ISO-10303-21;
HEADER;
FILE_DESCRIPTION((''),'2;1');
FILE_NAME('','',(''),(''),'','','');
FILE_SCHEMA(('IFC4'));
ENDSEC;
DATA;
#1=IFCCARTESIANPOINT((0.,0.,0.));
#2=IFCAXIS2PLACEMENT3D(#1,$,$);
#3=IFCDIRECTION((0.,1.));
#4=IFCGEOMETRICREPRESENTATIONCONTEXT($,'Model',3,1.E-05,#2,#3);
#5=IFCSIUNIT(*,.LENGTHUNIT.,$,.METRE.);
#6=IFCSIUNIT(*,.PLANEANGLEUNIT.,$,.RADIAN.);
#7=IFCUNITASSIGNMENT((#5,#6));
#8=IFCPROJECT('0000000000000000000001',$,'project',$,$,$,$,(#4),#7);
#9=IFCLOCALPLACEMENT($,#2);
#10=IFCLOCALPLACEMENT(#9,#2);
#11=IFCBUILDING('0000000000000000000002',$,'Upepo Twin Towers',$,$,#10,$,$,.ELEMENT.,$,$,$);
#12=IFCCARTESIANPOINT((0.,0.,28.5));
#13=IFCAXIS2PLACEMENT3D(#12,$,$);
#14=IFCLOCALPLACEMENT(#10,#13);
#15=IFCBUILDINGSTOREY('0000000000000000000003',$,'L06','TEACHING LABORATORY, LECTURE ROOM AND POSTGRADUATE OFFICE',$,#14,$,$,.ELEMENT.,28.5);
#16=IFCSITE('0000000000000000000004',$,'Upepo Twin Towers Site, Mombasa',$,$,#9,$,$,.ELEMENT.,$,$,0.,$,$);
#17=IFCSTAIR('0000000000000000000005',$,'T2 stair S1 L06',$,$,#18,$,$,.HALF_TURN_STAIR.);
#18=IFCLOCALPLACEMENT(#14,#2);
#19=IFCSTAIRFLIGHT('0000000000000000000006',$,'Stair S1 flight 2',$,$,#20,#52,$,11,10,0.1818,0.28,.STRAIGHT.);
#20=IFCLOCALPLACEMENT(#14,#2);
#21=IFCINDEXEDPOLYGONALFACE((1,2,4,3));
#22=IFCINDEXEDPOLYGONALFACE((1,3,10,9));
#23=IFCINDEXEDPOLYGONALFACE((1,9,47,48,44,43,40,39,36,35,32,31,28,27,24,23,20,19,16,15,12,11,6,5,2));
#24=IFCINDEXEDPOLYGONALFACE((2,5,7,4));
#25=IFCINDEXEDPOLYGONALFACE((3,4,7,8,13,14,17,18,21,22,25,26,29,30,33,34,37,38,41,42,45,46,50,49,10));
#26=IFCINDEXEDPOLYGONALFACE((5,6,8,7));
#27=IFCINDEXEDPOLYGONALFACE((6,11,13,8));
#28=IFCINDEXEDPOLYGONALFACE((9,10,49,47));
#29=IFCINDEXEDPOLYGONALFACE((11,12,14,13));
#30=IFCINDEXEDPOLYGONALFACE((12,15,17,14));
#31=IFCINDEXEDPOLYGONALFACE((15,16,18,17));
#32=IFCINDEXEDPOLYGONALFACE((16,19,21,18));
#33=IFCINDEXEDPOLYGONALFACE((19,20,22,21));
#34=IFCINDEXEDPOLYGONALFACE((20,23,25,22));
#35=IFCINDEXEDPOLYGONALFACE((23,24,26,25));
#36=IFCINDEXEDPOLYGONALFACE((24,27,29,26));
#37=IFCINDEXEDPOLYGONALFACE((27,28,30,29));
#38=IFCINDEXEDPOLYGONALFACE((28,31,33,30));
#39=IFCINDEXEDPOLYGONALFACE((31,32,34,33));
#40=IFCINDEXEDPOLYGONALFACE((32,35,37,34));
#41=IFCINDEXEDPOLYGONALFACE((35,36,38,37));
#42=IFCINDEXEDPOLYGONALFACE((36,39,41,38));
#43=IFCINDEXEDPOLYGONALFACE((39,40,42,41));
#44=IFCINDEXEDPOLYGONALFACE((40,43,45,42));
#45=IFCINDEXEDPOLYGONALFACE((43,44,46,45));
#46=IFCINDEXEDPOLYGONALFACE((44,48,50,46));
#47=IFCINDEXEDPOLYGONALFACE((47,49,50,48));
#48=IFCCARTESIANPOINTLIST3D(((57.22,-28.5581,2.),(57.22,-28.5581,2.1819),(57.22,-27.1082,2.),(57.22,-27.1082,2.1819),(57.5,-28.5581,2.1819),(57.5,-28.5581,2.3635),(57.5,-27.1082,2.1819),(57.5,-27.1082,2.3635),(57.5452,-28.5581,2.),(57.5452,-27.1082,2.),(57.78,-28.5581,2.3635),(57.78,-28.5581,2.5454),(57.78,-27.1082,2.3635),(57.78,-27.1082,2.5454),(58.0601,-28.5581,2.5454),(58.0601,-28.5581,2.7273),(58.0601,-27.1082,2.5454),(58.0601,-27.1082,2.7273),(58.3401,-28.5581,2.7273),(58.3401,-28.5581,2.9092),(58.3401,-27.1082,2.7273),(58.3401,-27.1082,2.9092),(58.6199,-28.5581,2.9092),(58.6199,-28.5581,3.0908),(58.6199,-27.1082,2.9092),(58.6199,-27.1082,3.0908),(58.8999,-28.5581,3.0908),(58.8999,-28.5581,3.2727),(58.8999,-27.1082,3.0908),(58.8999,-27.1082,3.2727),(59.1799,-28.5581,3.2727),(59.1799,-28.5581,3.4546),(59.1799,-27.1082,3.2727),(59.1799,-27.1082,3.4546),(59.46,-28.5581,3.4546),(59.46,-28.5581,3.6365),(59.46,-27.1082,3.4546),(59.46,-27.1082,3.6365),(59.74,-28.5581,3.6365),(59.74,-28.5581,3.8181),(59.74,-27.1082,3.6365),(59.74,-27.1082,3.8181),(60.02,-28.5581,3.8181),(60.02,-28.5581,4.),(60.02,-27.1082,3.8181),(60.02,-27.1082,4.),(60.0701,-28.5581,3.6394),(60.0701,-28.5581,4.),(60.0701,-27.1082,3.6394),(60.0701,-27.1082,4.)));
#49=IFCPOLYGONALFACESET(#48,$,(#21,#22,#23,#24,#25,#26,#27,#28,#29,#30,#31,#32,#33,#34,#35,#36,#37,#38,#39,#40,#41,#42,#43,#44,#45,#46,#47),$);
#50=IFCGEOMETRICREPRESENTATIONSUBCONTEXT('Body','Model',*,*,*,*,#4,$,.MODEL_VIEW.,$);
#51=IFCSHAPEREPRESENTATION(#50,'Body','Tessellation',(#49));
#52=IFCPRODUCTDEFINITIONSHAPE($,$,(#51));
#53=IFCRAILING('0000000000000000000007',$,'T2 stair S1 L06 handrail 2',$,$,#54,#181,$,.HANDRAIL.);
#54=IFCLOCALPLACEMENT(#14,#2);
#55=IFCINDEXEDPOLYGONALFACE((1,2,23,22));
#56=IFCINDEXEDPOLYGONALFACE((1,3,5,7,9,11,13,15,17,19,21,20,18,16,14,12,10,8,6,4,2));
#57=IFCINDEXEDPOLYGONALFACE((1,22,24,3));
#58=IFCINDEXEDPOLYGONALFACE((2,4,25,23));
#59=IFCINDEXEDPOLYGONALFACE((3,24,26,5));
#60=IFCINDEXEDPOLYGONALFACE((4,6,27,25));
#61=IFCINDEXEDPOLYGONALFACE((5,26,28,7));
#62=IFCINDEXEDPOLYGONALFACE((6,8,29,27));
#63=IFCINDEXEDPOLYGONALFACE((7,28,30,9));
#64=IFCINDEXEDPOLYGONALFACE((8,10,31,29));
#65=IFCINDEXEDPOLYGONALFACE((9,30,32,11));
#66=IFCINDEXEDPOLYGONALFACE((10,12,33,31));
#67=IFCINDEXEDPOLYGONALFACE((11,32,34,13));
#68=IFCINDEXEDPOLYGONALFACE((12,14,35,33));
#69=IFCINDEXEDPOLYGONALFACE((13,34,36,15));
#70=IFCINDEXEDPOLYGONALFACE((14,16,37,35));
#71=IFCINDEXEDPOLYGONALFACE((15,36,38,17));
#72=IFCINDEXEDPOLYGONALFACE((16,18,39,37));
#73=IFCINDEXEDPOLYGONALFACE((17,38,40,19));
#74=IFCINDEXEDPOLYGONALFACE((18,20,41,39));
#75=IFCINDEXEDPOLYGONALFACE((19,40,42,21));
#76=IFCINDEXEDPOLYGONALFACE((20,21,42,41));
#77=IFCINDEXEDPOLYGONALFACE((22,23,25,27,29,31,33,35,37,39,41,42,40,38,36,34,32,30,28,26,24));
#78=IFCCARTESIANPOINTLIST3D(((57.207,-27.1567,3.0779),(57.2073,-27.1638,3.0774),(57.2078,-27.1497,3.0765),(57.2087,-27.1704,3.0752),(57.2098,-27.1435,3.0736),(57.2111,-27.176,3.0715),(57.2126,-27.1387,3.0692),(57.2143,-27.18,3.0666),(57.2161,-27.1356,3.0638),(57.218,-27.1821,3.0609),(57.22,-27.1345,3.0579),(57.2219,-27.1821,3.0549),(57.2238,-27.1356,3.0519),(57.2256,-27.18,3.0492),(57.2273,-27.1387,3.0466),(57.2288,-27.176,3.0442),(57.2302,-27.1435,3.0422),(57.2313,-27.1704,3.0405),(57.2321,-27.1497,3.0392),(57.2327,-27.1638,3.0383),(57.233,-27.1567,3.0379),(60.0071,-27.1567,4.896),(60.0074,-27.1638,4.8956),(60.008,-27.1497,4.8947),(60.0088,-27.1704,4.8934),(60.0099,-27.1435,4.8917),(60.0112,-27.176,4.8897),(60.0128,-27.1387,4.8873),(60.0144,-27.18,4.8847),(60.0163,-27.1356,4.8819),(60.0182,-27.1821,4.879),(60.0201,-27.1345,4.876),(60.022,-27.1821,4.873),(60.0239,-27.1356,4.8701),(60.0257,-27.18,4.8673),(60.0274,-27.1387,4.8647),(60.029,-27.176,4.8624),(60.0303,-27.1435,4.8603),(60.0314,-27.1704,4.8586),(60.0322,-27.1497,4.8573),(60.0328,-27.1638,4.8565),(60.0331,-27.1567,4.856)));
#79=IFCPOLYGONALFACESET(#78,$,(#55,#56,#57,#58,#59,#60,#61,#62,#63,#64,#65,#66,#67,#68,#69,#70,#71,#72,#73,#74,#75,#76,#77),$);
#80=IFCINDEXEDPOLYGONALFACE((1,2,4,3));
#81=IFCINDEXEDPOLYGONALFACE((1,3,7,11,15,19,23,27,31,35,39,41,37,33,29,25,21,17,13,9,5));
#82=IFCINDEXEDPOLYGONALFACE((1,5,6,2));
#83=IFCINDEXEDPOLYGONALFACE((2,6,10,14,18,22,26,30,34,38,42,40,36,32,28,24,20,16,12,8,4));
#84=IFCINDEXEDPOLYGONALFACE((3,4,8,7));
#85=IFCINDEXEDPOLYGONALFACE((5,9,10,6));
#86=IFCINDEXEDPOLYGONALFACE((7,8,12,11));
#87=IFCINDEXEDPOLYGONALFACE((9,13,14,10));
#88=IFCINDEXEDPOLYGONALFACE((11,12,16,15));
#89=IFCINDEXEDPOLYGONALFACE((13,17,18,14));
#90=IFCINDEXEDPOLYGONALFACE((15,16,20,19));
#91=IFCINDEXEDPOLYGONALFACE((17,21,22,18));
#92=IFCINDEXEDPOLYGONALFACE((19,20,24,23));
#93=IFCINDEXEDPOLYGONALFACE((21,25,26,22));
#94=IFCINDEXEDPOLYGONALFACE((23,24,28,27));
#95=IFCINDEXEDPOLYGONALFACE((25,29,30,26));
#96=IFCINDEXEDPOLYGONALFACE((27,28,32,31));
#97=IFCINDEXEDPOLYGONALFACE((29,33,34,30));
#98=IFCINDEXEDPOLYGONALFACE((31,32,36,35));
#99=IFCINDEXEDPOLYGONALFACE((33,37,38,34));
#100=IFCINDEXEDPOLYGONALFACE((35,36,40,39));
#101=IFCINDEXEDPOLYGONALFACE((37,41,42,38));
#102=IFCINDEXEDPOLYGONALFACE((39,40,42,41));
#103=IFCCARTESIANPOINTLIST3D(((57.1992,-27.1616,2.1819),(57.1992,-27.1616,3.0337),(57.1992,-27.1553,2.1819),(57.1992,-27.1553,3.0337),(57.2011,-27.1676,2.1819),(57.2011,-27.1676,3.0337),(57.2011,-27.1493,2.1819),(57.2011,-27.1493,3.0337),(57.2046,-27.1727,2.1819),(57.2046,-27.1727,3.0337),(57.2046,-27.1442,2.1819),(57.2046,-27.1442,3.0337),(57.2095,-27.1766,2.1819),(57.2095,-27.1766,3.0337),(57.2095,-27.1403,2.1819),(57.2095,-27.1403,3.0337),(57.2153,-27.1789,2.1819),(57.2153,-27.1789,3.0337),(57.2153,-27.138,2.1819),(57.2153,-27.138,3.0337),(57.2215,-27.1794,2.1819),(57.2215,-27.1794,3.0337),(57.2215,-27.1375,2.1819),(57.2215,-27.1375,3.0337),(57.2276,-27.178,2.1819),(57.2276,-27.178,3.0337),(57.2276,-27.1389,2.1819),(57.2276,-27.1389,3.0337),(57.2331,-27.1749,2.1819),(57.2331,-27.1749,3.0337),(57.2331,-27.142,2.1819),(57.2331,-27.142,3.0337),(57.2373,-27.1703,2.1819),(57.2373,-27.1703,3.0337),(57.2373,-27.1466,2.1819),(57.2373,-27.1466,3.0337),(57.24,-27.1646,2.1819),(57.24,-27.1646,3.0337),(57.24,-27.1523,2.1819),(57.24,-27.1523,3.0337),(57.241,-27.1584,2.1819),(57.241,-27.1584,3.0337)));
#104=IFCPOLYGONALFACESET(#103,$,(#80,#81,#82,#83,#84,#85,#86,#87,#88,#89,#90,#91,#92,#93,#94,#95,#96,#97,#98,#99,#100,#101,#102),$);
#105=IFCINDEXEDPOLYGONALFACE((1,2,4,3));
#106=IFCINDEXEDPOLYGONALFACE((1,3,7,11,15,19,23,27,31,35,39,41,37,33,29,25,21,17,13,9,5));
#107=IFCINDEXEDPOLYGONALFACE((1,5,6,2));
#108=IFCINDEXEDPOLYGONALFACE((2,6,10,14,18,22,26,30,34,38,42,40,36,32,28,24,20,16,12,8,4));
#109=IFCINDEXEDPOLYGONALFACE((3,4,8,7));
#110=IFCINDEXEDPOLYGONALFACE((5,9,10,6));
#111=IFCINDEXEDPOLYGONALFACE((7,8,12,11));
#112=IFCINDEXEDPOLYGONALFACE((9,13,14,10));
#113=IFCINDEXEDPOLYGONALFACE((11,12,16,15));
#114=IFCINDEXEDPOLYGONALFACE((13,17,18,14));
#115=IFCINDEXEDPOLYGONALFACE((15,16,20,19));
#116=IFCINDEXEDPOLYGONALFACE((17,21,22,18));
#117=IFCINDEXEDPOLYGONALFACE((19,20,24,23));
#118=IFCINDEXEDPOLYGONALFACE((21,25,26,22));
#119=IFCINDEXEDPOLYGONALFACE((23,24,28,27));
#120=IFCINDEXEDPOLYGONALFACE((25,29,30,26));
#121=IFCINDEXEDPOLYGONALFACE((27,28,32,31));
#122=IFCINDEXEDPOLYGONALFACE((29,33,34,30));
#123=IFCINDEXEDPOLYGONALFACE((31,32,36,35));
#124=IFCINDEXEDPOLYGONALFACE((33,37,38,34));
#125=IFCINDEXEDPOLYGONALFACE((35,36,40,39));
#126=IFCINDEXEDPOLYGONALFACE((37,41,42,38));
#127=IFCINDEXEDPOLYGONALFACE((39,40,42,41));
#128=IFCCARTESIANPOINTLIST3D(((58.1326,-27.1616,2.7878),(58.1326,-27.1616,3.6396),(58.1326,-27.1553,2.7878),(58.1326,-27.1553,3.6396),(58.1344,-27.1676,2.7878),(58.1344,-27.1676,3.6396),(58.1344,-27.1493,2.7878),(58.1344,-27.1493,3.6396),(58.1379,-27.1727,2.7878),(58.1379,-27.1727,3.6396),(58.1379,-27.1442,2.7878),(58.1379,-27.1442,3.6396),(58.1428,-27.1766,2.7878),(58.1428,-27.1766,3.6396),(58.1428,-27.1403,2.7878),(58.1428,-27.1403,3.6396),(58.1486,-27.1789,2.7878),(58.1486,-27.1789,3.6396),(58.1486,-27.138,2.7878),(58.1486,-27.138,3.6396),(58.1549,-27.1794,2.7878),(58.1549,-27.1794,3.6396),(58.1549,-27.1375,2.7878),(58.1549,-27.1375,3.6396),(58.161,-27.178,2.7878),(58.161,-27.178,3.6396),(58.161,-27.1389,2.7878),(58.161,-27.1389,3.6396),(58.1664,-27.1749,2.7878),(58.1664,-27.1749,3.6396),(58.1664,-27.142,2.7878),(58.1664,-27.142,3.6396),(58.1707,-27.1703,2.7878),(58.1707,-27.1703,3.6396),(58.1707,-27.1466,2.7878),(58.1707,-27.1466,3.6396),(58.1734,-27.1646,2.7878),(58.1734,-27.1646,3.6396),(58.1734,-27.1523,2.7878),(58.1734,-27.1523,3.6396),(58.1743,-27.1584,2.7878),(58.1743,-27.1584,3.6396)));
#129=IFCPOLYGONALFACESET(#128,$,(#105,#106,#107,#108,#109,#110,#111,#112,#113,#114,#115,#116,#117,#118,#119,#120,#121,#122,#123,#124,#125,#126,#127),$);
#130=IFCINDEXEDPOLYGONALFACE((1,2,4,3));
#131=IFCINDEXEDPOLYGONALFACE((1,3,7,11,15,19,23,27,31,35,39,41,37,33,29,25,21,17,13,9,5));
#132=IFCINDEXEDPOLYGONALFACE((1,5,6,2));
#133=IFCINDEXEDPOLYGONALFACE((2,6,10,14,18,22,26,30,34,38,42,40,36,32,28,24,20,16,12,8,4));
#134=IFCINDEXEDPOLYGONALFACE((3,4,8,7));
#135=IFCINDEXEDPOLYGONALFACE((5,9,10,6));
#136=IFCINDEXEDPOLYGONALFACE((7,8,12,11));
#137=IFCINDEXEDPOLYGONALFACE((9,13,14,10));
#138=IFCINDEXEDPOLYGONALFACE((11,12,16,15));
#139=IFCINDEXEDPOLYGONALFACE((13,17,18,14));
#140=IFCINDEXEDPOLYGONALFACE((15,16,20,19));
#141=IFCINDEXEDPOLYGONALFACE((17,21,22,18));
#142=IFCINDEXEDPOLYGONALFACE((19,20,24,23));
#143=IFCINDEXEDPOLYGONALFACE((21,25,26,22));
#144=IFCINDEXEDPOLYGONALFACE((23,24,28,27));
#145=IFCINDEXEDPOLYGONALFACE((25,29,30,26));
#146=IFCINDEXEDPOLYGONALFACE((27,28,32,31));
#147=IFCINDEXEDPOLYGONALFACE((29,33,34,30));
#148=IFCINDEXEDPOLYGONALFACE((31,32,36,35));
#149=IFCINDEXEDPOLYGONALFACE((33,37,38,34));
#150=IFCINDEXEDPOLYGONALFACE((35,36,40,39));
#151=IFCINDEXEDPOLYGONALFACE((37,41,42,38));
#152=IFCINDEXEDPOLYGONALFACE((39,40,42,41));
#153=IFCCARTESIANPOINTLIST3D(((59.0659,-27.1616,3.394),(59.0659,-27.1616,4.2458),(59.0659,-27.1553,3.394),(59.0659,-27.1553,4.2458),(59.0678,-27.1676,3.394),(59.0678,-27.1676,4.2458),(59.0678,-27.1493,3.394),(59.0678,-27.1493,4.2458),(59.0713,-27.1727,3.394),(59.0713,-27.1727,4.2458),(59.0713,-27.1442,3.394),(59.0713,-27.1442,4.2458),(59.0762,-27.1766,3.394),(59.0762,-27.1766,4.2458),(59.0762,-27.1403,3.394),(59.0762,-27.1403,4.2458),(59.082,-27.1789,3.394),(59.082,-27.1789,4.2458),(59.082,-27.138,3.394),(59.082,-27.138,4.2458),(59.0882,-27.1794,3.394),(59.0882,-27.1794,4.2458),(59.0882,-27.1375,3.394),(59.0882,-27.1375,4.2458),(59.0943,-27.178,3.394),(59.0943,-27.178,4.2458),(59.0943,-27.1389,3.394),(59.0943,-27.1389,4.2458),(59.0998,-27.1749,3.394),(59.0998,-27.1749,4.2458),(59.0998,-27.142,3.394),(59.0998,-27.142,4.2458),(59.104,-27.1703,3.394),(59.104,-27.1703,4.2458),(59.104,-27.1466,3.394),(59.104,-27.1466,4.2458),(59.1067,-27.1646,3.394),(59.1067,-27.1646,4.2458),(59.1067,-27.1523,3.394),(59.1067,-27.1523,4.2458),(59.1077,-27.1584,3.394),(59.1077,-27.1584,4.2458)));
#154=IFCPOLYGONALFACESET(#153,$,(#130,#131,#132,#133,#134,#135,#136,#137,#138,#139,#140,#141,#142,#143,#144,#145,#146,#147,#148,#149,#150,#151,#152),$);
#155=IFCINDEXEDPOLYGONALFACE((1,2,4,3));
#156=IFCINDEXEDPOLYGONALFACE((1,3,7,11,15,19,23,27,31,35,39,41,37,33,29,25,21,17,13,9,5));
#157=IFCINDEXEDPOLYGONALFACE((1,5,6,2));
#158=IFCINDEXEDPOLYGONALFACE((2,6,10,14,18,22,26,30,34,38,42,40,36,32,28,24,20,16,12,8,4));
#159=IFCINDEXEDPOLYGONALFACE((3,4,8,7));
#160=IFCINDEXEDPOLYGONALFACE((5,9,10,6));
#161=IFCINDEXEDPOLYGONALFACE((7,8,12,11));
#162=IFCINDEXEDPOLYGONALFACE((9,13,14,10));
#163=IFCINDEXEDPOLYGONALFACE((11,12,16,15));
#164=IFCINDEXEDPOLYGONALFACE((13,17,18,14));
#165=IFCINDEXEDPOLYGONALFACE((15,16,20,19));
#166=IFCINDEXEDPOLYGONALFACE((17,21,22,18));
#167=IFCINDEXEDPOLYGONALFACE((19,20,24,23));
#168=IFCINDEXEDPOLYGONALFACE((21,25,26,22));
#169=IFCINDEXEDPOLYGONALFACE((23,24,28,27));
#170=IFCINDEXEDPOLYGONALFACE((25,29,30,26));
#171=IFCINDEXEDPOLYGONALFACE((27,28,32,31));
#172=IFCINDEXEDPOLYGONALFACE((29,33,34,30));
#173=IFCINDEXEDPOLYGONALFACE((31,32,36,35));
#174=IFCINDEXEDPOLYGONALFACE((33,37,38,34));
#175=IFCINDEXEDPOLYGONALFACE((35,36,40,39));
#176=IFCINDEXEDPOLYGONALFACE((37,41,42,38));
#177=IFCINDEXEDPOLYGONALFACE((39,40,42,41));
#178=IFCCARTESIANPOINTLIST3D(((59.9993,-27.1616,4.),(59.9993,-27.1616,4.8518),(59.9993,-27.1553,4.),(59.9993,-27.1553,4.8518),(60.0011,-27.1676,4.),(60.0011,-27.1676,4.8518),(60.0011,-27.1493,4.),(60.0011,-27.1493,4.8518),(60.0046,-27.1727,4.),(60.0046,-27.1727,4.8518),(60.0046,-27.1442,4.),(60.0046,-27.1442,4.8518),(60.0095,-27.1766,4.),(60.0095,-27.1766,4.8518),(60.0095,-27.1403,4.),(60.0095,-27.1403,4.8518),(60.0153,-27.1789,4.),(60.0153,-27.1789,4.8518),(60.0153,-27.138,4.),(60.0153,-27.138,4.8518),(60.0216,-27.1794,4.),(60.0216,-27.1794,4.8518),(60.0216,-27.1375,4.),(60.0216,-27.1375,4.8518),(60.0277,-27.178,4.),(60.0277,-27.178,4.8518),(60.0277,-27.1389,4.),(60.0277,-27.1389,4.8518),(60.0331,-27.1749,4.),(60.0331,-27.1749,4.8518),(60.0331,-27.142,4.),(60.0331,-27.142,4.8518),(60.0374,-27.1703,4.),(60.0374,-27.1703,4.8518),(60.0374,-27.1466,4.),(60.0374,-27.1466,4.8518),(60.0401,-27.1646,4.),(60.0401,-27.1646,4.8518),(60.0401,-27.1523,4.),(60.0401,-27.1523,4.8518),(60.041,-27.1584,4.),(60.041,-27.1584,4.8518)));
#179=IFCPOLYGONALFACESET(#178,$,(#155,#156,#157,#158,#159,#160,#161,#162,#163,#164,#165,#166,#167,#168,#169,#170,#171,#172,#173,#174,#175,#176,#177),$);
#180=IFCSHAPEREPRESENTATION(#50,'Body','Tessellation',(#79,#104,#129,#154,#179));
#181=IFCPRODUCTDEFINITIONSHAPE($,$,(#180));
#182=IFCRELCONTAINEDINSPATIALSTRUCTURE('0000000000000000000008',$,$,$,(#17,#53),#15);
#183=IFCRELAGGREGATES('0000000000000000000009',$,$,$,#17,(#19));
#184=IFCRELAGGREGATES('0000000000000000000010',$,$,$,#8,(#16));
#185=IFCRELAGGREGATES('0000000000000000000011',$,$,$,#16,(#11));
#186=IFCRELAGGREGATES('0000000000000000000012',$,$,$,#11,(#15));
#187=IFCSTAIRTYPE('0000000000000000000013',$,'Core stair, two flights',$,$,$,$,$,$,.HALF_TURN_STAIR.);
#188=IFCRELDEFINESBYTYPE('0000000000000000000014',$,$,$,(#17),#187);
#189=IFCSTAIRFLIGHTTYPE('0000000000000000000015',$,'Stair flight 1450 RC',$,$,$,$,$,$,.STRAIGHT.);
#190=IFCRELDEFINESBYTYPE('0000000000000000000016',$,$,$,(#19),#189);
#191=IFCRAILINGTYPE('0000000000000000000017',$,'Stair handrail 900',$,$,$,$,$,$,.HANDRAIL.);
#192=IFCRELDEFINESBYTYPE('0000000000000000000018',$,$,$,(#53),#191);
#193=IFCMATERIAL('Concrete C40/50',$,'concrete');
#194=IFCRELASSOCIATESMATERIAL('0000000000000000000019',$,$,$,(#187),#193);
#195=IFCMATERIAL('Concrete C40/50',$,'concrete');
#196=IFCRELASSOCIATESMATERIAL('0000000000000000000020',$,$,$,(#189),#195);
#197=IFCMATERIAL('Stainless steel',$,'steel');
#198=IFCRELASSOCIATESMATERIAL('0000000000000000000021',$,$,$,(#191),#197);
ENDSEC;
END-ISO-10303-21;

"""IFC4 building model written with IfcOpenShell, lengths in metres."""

from ifc_helpers import new_model, si_unit, direction, frame, origin, origin_2d, place, context, subcontext, project, spatial, polyline, circle, outline, extrude, material, type_object, element, aggregate, save


model = new_model("IFC4")

# Units and contexts
model_context = context("Model", 3, precision=1e-05, world=origin(), true_north=direction((0.0, 1.0)))
body_context = subcontext(model_context, "Body", "Model", "MODEL_VIEW")
ifc_project = project(units=[si_unit("LENGTHUNIT", "METRE"), si_unit("PLANEANGLEUNIT", "RADIAN")], contexts=[model_context])

# Site, building, storey
site_placement = place(None, origin())
site = spatial("IfcSite", under=ifc_project, at=site_placement, Name="Upepo Twin Towers Site, Mombasa", CompositionType="ELEMENT", RefElevation=0.0)
building_placement = place(site_placement, origin())
building = spatial("IfcBuilding", under=site, at=building_placement, Name="Upepo Twin Towers", CompositionType="ELEMENT")
storey_placement = place(building_placement, frame((0.0, 0.0, 28.5)))
storey = spatial("IfcBuildingStorey", under=building, at=storey_placement, Name="L06", Description="TEACHING LABORATORY, LECTURE ROOM AND POSTGRADUATE OFFICE", CompositionType="ELEMENT", Elevation=28.5)

# Stair, stair flight
ifc_material_1 = material(Name="Concrete C40/50", Category="concrete")
stair_type = type_object("IfcStairType", Name="Core stair, two flights", PredefinedType="HALF_TURN_STAIR", material=ifc_material_1)
stair_placement = place(storey_placement, origin())
stair = element("IfcStair", 1, at=stair_placement, inside=storey, type_object=stair_type, Name="T2 stair S1 L06", PredefinedType="HALF_TURN_STAIR")
ifc_material_2 = material(Name="Concrete C40/50", Category="concrete")
stair_flight_type = type_object("IfcStairFlightType", Name="Stair flight 1450 RC", PredefinedType="STRAIGHT", material=ifc_material_2)
stair_flight_placement = place(storey_placement, frame((57.22, -27.8333, 2.0), z_axis=(0.0, 0.0, 1.0), x_axis=(1.0, 0.0, 0.0)))
stair_flight = element("IfcStairFlight", 2, at=stair_flight_placement, type_object=stair_flight_type, Name="Stair S1 flight 2", NumberOfRisers=11, NumberOfTreads=10, PredefinedType="STRAIGHT", RiserHeight=0.1818, TreadLength=0.28, context=body_context, shape_type="SweptSolid", body=[
    extrude(outline(polyline([(0.0, 0.0), (0.0, 0.1819), (0.28, 0.1819), (0.28, 0.3635), (0.5601, 0.3635), (0.5601, 0.5454), (0.8401, 0.5454), (0.8401, 0.7273), (1.1201, 0.7273), (1.1201, 0.9092), (1.3999, 0.9092), (1.3999, 1.0908), (1.6799, 1.0908), (1.6799, 1.2727), (1.96, 1.2727), (1.96, 1.4546), (2.24, 1.4546), (2.24, 1.6365), (2.52, 1.6365), (2.52, 1.8181), (2.8, 1.8181), (2.8, 2.0), (2.8501, 2.0), (2.8501, 1.6394), (0.3252, 0.0), (0.0, 0.0)])), frame((0.0, 0.7251, 0.0), z_axis=(0.0, -1.0, 0.0), x_axis=(1.0, 0.0, 0.0)), (0.0, 0.0, 1.0), 1.45),
])
aggregate(stair, [stair_flight])

# Railing
ifc_material_3 = material(Name="Stainless steel", Category="steel")
railing_type = type_object("IfcRailingType", Name="Stair handrail 900", PredefinedType="HANDRAIL", material=ifc_material_3)
railing_placement = place(storey_placement, frame((57.22, -27.1584, 2.1819)))
element("IfcRailing", 3, at=railing_placement, inside=storey, type_object=railing_type, Name="T2 stair S1 L06 handrail 2", PredefinedType="HANDRAIL", context=body_context, shape_type="SweptSolid", body=[
    extrude(circle(Radius=0.0239, at=origin_2d()), frame((0.0, 0.0, 0.876), z_axis=(0.838706, 0.0, 0.544585), x_axis=(0.0, 1.0, 0.0)), (0.0, 0.0, 1.0), 3.3386),
    extrude(circle(Radius=0.021, at=origin_2d()), origin(), (0.0, 0.0, 1.0), 0.8518),
    extrude(circle(Radius=0.021, at=origin_2d()), frame((0.9333, 0.0, 0.606)), (0.0, 0.0, 1.0), 0.8518),
    extrude(circle(Radius=0.021, at=origin_2d()), frame((1.8667, 0.0, 1.2122)), (0.0, 0.0, 1.0), 0.8518),
    extrude(circle(Radius=0.021, at=origin_2d()), frame((2.8, 0.0, 1.8181)), (0.0, 0.0, 1.0), 0.8518),
])

save(model, "model.ifc")
